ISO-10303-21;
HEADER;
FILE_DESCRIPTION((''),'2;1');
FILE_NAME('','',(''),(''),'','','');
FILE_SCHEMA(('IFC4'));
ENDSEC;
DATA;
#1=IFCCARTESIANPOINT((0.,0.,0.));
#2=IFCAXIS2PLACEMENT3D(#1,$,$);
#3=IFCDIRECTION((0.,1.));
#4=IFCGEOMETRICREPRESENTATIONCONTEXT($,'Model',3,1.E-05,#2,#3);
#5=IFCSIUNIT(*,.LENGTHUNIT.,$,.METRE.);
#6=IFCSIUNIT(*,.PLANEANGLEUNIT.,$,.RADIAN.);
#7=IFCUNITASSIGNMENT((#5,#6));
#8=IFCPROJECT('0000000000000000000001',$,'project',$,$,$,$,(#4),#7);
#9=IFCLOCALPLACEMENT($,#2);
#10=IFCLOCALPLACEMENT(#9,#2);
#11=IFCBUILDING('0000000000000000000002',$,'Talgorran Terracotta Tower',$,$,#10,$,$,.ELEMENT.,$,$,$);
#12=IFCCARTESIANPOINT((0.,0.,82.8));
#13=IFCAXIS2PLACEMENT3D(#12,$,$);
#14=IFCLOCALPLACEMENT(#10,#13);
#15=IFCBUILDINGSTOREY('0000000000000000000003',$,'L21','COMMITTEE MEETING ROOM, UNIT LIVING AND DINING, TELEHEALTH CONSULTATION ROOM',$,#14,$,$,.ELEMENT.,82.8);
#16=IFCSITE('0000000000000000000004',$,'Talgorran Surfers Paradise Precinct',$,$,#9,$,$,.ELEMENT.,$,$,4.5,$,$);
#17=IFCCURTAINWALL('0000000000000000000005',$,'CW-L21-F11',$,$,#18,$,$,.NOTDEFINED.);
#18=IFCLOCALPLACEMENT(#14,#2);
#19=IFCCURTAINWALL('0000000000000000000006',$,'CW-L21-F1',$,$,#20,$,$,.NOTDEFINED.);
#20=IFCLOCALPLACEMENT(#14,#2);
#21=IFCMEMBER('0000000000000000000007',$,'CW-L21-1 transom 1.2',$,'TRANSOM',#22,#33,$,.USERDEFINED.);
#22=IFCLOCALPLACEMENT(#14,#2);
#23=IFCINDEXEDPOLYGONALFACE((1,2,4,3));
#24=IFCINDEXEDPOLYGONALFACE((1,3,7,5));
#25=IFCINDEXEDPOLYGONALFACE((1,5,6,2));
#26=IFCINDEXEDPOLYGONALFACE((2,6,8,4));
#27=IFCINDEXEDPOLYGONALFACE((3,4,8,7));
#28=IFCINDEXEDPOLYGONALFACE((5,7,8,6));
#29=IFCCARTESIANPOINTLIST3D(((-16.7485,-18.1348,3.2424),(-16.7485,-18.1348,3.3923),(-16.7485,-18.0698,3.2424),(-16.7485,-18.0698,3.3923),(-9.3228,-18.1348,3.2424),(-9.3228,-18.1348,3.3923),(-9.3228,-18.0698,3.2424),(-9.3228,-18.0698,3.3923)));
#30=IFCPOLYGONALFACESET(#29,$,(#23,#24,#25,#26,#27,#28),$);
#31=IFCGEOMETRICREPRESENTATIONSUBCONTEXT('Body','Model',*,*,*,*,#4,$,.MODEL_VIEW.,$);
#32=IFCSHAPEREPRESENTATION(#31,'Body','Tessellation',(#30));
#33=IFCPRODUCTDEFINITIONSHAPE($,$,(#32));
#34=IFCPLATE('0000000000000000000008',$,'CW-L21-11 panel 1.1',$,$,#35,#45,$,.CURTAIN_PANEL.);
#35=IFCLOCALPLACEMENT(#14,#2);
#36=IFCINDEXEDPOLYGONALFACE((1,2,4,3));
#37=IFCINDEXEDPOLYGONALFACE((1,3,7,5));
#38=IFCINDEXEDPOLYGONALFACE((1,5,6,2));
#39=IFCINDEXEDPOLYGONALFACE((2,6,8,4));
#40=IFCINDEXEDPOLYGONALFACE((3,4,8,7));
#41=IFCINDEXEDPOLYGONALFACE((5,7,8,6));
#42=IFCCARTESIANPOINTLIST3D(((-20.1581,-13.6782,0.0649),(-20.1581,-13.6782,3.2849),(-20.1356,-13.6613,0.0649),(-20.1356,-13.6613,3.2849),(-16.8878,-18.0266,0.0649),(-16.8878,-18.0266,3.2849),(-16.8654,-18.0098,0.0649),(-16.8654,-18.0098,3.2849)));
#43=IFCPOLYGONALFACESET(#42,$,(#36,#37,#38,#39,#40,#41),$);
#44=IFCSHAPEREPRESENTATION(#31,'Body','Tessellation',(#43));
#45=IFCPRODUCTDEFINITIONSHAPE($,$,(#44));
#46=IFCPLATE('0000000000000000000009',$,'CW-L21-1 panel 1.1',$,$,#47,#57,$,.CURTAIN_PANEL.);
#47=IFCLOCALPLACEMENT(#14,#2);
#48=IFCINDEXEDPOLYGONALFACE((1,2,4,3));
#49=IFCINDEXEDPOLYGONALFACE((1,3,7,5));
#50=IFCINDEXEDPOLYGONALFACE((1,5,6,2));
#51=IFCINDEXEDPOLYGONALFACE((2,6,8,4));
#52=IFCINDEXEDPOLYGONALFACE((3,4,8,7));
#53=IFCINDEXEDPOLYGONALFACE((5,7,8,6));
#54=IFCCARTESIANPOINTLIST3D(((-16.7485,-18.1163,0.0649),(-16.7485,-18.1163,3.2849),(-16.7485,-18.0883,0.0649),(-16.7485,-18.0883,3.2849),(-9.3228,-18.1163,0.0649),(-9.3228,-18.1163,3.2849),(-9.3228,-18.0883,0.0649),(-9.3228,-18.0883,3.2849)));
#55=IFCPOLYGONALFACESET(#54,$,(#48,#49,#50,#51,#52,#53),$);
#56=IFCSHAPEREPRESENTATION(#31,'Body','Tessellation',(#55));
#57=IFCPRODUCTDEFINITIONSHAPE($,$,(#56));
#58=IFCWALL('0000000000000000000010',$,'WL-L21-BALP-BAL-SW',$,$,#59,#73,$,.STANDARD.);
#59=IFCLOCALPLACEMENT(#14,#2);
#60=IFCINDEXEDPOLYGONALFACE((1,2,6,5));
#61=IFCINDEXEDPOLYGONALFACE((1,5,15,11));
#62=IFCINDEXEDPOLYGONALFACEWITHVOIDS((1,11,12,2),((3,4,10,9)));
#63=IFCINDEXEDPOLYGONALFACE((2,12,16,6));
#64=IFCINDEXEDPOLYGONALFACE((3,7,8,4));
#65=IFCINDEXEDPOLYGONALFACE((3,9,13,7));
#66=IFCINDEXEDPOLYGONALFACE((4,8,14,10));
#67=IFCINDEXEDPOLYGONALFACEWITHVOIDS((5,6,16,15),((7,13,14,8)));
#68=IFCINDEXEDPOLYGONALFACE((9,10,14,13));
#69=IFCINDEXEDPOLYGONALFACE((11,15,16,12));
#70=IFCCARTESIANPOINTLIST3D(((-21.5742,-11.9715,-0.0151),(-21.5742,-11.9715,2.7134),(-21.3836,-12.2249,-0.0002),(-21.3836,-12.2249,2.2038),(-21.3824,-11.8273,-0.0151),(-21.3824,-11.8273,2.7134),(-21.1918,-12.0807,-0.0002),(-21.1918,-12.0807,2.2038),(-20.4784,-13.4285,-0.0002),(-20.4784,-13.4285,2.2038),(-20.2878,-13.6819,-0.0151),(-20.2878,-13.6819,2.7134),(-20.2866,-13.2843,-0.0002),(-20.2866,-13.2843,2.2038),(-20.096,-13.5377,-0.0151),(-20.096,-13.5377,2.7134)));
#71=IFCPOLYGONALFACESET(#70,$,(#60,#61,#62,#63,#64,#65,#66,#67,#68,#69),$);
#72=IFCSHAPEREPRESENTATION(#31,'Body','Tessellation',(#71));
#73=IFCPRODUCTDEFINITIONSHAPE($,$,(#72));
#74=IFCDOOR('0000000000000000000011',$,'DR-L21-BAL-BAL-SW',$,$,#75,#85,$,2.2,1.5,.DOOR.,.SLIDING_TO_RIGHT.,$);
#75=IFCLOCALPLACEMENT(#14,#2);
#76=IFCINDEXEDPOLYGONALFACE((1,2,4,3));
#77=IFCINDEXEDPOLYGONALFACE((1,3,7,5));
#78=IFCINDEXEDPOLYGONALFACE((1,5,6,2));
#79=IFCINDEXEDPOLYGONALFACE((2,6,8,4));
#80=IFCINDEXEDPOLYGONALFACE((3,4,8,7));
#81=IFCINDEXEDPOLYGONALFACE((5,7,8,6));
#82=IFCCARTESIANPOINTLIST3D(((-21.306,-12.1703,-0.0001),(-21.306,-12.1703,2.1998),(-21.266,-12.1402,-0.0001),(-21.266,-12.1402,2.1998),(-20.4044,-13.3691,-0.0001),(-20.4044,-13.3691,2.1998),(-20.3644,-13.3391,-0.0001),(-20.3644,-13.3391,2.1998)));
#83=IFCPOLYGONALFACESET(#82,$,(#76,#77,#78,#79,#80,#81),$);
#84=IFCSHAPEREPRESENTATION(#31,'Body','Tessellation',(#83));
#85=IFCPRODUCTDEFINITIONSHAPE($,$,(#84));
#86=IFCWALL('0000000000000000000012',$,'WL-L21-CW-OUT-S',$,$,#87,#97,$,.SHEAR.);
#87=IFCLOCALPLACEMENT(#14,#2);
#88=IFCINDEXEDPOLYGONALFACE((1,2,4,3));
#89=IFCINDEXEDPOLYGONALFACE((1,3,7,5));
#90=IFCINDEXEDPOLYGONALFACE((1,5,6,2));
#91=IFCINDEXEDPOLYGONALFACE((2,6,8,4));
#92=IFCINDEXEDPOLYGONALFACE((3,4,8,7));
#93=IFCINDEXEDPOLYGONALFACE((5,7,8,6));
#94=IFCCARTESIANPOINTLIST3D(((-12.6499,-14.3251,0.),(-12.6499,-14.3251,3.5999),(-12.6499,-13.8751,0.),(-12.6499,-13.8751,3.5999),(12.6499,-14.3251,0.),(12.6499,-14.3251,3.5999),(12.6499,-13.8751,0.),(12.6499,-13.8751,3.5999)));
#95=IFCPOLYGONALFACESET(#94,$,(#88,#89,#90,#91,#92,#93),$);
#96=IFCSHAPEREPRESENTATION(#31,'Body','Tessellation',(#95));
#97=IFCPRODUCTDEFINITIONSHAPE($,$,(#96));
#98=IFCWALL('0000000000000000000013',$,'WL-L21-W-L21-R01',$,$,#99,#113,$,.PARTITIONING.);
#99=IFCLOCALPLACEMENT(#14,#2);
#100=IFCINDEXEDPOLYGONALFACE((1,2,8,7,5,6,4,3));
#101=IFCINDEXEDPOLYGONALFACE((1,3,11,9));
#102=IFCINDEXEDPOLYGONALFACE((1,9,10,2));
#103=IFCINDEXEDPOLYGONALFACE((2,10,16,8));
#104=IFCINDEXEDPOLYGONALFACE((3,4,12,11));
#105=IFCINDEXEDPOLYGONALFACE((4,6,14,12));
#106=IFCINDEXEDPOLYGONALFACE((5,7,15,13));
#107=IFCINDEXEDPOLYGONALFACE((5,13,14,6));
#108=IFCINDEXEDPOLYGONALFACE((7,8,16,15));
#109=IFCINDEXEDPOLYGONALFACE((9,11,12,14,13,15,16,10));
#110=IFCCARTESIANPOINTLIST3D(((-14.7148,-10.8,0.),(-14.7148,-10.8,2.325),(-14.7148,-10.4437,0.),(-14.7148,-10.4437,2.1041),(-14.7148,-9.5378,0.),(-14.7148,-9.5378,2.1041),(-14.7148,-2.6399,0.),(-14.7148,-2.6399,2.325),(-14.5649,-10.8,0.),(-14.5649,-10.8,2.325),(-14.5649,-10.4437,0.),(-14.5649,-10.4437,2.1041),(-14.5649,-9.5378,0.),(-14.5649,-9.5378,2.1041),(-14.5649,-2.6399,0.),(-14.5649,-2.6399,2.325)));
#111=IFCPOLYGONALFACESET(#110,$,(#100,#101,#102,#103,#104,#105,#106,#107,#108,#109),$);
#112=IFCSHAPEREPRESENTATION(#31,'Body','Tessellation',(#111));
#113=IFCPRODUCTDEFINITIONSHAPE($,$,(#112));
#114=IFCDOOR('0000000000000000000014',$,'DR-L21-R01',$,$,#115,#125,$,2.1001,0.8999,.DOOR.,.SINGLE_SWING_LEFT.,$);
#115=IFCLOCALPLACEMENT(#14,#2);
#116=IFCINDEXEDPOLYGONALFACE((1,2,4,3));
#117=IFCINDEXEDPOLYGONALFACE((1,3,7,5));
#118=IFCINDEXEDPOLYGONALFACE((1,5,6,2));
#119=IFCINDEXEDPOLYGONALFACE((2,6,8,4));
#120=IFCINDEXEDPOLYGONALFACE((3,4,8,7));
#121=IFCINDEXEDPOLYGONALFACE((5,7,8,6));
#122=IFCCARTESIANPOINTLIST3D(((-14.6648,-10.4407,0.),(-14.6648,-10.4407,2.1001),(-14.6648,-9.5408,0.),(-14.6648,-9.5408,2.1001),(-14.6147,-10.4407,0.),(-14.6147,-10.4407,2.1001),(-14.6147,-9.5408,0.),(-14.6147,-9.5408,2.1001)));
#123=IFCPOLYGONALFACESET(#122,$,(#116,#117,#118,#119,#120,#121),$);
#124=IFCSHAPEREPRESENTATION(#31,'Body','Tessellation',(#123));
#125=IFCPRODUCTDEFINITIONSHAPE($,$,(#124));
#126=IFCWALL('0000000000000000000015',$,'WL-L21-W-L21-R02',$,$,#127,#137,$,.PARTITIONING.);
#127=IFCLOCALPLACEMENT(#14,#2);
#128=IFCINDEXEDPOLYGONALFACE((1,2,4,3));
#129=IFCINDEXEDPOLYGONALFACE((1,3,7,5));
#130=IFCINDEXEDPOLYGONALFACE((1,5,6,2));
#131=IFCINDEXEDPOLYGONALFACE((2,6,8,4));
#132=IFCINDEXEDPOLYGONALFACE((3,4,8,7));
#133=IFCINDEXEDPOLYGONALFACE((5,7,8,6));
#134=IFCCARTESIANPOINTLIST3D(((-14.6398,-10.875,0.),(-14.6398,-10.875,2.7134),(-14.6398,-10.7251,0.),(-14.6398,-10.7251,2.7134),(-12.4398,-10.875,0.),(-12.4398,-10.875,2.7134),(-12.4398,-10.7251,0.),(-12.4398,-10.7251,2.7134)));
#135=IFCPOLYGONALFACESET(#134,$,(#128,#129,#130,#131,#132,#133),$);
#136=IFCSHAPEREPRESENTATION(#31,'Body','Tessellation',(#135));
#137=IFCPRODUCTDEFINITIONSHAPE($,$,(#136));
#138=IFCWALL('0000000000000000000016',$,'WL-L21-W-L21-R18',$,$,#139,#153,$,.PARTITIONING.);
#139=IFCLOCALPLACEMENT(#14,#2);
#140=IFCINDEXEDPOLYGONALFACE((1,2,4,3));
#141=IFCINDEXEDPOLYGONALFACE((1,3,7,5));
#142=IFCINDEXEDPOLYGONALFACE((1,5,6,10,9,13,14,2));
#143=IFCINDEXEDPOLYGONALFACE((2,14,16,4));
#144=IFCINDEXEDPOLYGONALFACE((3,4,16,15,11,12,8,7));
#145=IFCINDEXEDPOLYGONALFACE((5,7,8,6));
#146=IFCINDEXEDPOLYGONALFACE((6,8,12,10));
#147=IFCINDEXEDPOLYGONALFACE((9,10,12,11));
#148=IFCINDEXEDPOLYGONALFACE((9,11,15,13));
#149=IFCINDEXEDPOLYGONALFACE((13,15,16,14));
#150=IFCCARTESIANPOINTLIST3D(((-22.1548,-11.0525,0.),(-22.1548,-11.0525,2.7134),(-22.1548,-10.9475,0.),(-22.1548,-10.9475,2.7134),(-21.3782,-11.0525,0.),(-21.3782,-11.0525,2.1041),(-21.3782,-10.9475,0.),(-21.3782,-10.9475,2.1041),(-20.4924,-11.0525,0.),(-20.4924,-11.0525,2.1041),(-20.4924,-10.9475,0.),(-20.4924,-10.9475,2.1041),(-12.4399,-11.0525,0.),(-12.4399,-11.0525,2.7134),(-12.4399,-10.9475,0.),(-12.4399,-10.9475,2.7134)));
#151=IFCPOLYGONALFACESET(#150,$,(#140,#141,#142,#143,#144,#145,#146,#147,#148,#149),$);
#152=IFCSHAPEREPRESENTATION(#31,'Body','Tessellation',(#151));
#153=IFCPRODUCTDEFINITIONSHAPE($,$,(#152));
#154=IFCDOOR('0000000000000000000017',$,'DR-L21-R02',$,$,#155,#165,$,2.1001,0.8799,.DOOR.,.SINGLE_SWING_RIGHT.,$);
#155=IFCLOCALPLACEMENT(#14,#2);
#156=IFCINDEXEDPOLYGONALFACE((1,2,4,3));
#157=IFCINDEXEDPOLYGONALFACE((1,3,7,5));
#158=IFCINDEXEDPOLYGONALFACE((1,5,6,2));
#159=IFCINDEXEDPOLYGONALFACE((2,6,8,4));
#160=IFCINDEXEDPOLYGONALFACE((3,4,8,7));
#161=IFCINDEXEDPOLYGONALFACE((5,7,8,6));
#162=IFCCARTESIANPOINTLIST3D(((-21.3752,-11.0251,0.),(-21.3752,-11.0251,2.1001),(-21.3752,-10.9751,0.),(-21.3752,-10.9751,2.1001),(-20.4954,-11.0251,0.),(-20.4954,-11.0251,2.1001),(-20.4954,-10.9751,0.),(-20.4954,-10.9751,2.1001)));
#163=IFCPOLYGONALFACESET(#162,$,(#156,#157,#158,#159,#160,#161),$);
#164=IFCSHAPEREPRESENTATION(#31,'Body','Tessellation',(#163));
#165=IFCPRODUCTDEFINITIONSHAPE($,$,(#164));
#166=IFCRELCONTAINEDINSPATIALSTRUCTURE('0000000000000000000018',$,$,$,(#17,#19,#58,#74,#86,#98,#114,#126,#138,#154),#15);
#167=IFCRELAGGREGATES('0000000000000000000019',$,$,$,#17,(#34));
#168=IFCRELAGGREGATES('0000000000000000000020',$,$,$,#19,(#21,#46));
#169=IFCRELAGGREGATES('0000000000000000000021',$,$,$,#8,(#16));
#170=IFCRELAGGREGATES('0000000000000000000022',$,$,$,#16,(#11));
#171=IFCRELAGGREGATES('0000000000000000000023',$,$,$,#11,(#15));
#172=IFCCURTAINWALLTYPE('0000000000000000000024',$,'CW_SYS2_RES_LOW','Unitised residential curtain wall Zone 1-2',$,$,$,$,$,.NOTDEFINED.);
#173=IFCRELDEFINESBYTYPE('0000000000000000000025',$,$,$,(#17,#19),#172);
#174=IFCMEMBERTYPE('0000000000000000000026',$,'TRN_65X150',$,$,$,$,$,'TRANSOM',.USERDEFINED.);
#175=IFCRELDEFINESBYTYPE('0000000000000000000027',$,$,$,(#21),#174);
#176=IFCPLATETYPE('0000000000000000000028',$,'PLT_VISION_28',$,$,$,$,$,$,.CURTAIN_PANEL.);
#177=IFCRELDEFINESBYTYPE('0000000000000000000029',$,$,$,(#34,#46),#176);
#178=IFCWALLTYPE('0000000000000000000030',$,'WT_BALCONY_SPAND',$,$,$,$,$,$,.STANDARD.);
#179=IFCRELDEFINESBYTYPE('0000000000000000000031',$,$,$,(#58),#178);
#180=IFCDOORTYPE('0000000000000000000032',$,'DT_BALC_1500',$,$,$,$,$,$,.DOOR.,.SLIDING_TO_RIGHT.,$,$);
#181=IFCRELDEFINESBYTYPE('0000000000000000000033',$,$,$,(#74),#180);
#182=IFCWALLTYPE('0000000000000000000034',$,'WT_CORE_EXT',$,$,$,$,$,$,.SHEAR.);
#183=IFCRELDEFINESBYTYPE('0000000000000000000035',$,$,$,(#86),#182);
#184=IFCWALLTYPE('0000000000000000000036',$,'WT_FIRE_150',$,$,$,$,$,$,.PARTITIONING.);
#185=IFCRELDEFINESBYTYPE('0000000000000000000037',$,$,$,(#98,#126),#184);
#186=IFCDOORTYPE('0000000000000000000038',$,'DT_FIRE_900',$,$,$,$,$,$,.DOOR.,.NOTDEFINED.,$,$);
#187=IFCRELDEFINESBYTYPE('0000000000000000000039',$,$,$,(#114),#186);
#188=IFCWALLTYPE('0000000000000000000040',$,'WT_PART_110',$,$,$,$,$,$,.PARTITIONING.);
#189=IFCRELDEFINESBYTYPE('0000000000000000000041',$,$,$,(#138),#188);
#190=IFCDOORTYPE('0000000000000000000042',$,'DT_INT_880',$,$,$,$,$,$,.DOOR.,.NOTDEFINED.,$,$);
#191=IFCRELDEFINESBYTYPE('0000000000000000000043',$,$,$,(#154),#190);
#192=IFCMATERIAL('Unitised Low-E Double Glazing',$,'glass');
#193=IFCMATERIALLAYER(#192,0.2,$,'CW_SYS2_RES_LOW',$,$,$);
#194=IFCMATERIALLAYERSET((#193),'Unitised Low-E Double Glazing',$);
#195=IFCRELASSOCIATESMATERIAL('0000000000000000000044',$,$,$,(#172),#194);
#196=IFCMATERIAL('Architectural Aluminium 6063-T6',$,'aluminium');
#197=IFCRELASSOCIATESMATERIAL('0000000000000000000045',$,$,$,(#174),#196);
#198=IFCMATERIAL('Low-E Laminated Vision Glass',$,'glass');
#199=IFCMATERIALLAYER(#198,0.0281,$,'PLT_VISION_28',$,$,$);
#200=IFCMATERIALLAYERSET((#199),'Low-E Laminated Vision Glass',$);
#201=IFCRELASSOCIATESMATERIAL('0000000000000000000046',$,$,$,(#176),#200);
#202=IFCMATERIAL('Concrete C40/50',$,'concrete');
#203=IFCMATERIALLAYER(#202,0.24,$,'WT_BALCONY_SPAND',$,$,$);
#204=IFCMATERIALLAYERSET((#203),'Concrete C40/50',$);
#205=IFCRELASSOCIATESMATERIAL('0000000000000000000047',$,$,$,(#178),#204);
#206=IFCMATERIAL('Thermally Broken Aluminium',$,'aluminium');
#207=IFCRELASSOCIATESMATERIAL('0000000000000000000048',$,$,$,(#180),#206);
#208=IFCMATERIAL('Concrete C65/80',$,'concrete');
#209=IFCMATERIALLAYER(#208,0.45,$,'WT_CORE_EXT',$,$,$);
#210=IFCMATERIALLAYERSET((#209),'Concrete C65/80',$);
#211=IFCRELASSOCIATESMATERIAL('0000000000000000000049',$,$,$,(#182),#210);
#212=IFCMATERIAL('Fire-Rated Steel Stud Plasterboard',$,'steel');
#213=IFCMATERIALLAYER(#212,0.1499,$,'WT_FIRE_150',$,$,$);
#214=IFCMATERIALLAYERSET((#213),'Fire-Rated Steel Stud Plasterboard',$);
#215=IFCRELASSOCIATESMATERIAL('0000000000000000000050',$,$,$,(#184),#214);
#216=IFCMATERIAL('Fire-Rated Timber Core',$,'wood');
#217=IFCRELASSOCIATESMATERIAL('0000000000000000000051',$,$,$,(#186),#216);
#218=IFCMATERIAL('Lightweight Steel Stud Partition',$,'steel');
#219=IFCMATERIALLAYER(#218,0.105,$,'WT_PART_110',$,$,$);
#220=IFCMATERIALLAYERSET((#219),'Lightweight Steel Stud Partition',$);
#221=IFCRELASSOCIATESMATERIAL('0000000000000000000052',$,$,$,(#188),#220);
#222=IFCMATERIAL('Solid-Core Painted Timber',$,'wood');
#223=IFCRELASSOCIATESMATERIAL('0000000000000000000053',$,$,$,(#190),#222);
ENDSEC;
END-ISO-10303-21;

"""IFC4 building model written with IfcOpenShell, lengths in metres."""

from ifc_helpers import new_model, si_unit, direction, frame, frame_2d, origin, origin_2d, place, context, subcontext, project, spatial, rectangle, extrude, source, transform, mapped, material, layer, layer_set, material_profile, profile_set, type_object, type_shapes, element, fill, aggregate, save


model = new_model("IFC4")

# Units and contexts
model_context = context("Model", 3, precision=1e-05, world=origin(), true_north=direction((0.0, 1.0)))
body_context = subcontext(model_context, "Body", "Model", "MODEL_VIEW")
ifc_project = project(units=[si_unit("LENGTHUNIT", "METRE"), si_unit("PLANEANGLEUNIT", "RADIAN")], contexts=[model_context])

# Site, building, storey
site_placement = place(None, origin())
site = spatial("IfcSite", under=ifc_project, at=site_placement, Name="Talgorran Surfers Paradise Precinct", CompositionType="ELEMENT", RefElevation=4.5)
building_placement = place(site_placement, origin())
building = spatial("IfcBuilding", under=site, at=building_placement, Name="Talgorran Terracotta Tower", CompositionType="ELEMENT")
storey_placement = place(building_placement, frame((0.0, 0.0, 82.8)))
storey = spatial("IfcBuildingStorey", under=building, at=storey_placement, Name="L21", Description="COMMITTEE MEETING ROOM, UNIT LIVING AND DINING, TELEHEALTH CONSULTATION ROOM", CompositionType="ELEMENT", Elevation=82.8)

# Shared definitions
ifc_material_1 = material(Name="Unitised Low-E Double Glazing", Category="glass")
ifc_layer_1 = layer(ifc_material_1, 0.2, Name="CW_SYS2_RES_LOW")
ifc_layer_set_1 = layer_set([ifc_layer_1], Name="Unitised Low-E Double Glazing")
curtain_wall_type = type_object("IfcCurtainWallType", Name="CW_SYS2_RES_LOW", Description="Unitised residential curtain wall Zone 1-2", PredefinedType="NOTDEFINED", material=ifc_layer_set_1)
ifc_material_2 = material(Name="Architectural Aluminium 6063-T6", Category="aluminium")

# Curtain wall
curtain_wall_1_placement = place(storey_placement, origin())
curtain_wall_1 = element("IfcCurtainWall", 1, at=curtain_wall_1_placement, inside=storey, type_object=curtain_wall_type, Name="CW-L21-F11", PredefinedType="NOTDEFINED")

# Curtain wall
curtain_wall_2_placement = place(storey_placement, origin())
curtain_wall_2 = element("IfcCurtainWall", 2, at=curtain_wall_2_placement, inside=storey, type_object=curtain_wall_type, Name="CW-L21-F1", PredefinedType="NOTDEFINED")

# Member
ifc_material_profile_1 = material_profile(ifc_material_2, rectangle(XDim=0.0649, YDim=0.1499, at=origin_2d()), Name="CWT65X150")
ifc_profile_set_1 = profile_set([ifc_material_profile_1], Name="Architectural Aluminium 6063-T6")
member_type_1 = type_object("IfcMemberType", Name="TRN_65X150", ElementType="TRANSOM", PredefinedType="USERDEFINED", material=ifc_profile_set_1)
member_1_placement = place(storey_placement, frame((-16.7485, -18.1023, 3.3174), z_axis=(1.0, 0.0, 0.0), x_axis=(0.0, 1.0, 0.0)))
member_1 = element("IfcMember", 3, at=member_1_placement, type_object=member_type_1, Name="CW-L21-1 transom 1.2", ObjectType="TRANSOM", PredefinedType="USERDEFINED", context=body_context, shape_type="SweptSolid", body=[
    extrude(rectangle(XDim=0.0649, YDim=0.1499, at=origin_2d()), origin(), (0.0, 0.0, 1.0), 7.4258),
])

# Plates
ifc_material_3 = material(Name="Low-E Laminated Vision Glass", Category="glass")
ifc_layer_2 = layer(ifc_material_3, 0.0281, Name="PLT_VISION_28")
ifc_layer_set_2 = layer_set([ifc_layer_2], Name="Low-E Laminated Vision Glass")
plate_type = type_object("IfcPlateType", Name="PLT_VISION_28", PredefinedType="CURTAIN_PANEL", material=ifc_layer_set_2)
shared_shape_1 = source(origin(), body_context, "Body", "SweptSolid", [
    extrude(rectangle(XDim=5.4409, YDim=0.0281, at=origin_2d()), origin(), (0.0, 0.0, 1.0), 3.22),
])
plate_1_placement = place(storey_placement, frame((-18.5117, -15.844, 0.0649), z_axis=(0.0, 0.0, 1.0), x_axis=(0.601056, -0.799207, 0.0)))
plate_1 = element("IfcPlate", 4, at=plate_1_placement, type_object=plate_type, Name="CW-L21-11 panel 1.1", PredefinedType="CURTAIN_PANEL", context=body_context, shape_type="MappedRepresentation", body=[
    mapped(shared_shape_1, transform((0.0, 0.0, 0.0), scale=1.0)),
])
aggregate(curtain_wall_1, [plate_1])
shared_shape_2 = source(origin(), body_context, "Body", "SweptSolid", [
    extrude(rectangle(XDim=7.4258, YDim=0.0281, at=origin_2d()), origin(), (0.0, 0.0, 1.0), 3.22),
])
type_shapes(plate_type, [shared_shape_1, shared_shape_2])
plate_2_placement = place(storey_placement, frame((-13.0356, -18.1023, 0.0649), z_axis=(0.0, 0.0, 1.0), x_axis=(1.0, 0.0, 0.0)))
plate_2 = element("IfcPlate", 5, at=plate_2_placement, type_object=plate_type, Name="CW-L21-1 panel 1.1", PredefinedType="CURTAIN_PANEL", context=body_context, shape_type="MappedRepresentation", body=[
    mapped(shared_shape_2, transform((0.0, 0.0, 0.0), scale=1.0)),
])
aggregate(curtain_wall_2, [member_1, plate_2])

# Wall, opening, door
ifc_material_4 = material(Name="Concrete C40/50", Category="concrete")
ifc_layer_3 = layer(ifc_material_4, 0.24, Name="WT_BALCONY_SPAND")
ifc_layer_set_3 = layer_set([ifc_layer_3], Name="Concrete C40/50")
wall_type_1 = type_object("IfcWallType", Name="WT_BALCONY_SPAND", PredefinedType="STANDARD", material=ifc_layer_set_3)
wall_1_placement = place(storey_placement, frame((-21.4783, -11.8994, -0.0151), z_axis=(0.0, 0.0, 1.0), x_axis=(0.601058, -0.799205, 0.0)))
wall_1 = element("IfcWall", 6, at=wall_1_placement, inside=storey, type_object=wall_type_1, Name="WL-L21-BALP-BAL-SW", PredefinedType="STANDARD", context=body_context, shape_type="SweptSolid", body=[
    extrude(rectangle(XDim=2.1401, YDim=0.24, at=frame_2d((1.0701, 0.0))), origin(), (0.0, 0.0, 1.0), 2.7285),
])
opening_1_placement = place(wall_1_placement, frame((0.3201, 0.0, 0.0149)))
opening_1 = element("IfcOpeningElement", 7, at=opening_1_placement, cuts=wall_1, PredefinedType="OPENING", context=body_context, shape_type="SweptSolid", body=[
    extrude(rectangle(XDim=1.506, YDim=2.204, at=frame_2d((0.75, 1.1021))), frame((0.0, 0.1299, 0.0), z_axis=(0.0, -1.0, 0.0), x_axis=(1.0, 0.0, 0.0)), (0.0, 0.0, 1.0), 0.26),
])
ifc_material_5 = material(Name="Thermally Broken Aluminium", Category="aluminium")
door_type_1 = type_object("IfcDoorType", Name="DT_BALC_1500", OperationType="SLIDING_TO_RIGHT", PredefinedType="DOOR", material=ifc_material_5)
door_1_placement = place(opening_1_placement, origin())
door_1 = element("IfcDoor", 8, at=door_1_placement, inside=storey, type_object=door_type_1, Name="DR-L21-BAL-BAL-SW", OperationType="SLIDING_TO_RIGHT", OverallHeight=2.2, OverallWidth=1.5, PredefinedType="DOOR", context=body_context, shape_type="SweptSolid", body=[
    extrude(rectangle(XDim=1.5, YDim=2.2, at=frame_2d((0.75, 1.1001))), frame((0.0, 0.0249, 0.0), z_axis=(0.0, -1.0, 0.0), x_axis=(1.0, 0.0, 0.0)), (0.0, 0.0, 1.0), 0.05),
])
fill(opening_1, door_1)

# Wall
ifc_material_6 = material(Name="Concrete C65/80", Category="concrete")
ifc_layer_4 = layer(ifc_material_6, 0.45, Name="WT_CORE_EXT")
ifc_layer_set_4 = layer_set([ifc_layer_4], Name="Concrete C65/80")
wall_type_2 = type_object("IfcWallType", Name="WT_CORE_EXT", PredefinedType="SHEAR", material=ifc_layer_set_4)
wall_2_placement = place(storey_placement, frame((-12.6499, -14.1001, 0.0), z_axis=(0.0, 0.0, 1.0), x_axis=(1.0, 0.0, 0.0)))
element("IfcWall", 9, at=wall_2_placement, inside=storey, type_object=wall_type_2, Name="WL-L21-CW-OUT-S", PredefinedType="SHEAR", context=body_context, shape_type="SweptSolid", body=[
    extrude(rectangle(XDim=25.2998, YDim=0.45, at=frame_2d((12.6499, 0.0))), origin(), (0.0, 0.0, 1.0), 3.5999),
])

# Wall, opening, door
ifc_material_7 = material(Name="Fire-Rated Steel Stud Plasterboard", Category="steel")
ifc_layer_5 = layer(ifc_material_7, 0.1499, Name="WT_FIRE_150")
ifc_layer_set_5 = layer_set([ifc_layer_5], Name="Fire-Rated Steel Stud Plasterboard")
wall_type_3 = type_object("IfcWallType", Name="WT_FIRE_150", PredefinedType="PARTITIONING", material=ifc_layer_set_5)
wall_3_placement = place(storey_placement, frame((-14.6399, -10.8, 0.0), z_axis=(0.0, 0.0, 1.0), x_axis=(0.0, 1.0, 0.0)))
wall_3 = element("IfcWall", 10, at=wall_3_placement, inside=storey, type_object=wall_type_3, Name="WL-L21-W-L21-R01", PredefinedType="PARTITIONING", context=body_context, shape_type="SweptSolid", body=[
    extrude(rectangle(XDim=8.1602, YDim=0.1499, at=frame_2d((4.0801, 0.0))), origin(), (0.0, 0.0, 1.0), 2.325),
])
opening_2_placement = place(wall_3_placement, frame((0.3594, 0.0, 0.0)))
opening_2 = element("IfcOpeningElement", 11, at=opening_2_placement, cuts=wall_3, PredefinedType="OPENING", context=body_context, shape_type="SweptSolid", body=[
    extrude(rectangle(XDim=0.9059, YDim=2.1041, at=frame_2d((0.45, 1.052))), frame((0.0, 0.085, 0.0), z_axis=(0.0, -1.0, 0.0), x_axis=(1.0, 0.0, 0.0)), (0.0, 0.0, 1.0), 0.1699),
])
ifc_material_8 = material(Name="Fire-Rated Timber Core", Category="wood")
door_type_2 = type_object("IfcDoorType", Name="DT_FIRE_900", OperationType="NOTDEFINED", PredefinedType="DOOR", material=ifc_material_8)
door_2_placement = place(opening_2_placement, origin())
door_2 = element("IfcDoor", 12, at=door_2_placement, inside=storey, type_object=door_type_2, Name="DR-L21-R01", OperationType="SINGLE_SWING_LEFT", OverallHeight=2.1001, OverallWidth=0.8999, PredefinedType="DOOR", context=body_context, shape_type="SweptSolid", body=[
    extrude(rectangle(XDim=0.8999, YDim=2.1001, at=frame_2d((0.45, 1.05))), frame((0.0, 0.0249, 0.0), z_axis=(0.0, -1.0, 0.0), x_axis=(1.0, 0.0, 0.0)), (0.0, 0.0, 1.0), 0.05),
])
fill(opening_2, door_2)

# Wall
wall_4_placement = place(storey_placement, frame((-14.6399, -10.8, 0.0), z_axis=(0.0, 0.0, 1.0), x_axis=(1.0, 0.0, 0.0)))
element("IfcWall", 13, at=wall_4_placement, inside=storey, type_object=wall_type_3, Name="WL-L21-W-L21-R02", PredefinedType="PARTITIONING", context=body_context, shape_type="SweptSolid", body=[
    extrude(rectangle(XDim=2.2, YDim=0.1499, at=frame_2d((1.1001, 0.0))), origin(), (0.0, 0.0, 1.0), 2.7134),
])

# Wall, opening, door
ifc_material_9 = material(Name="Lightweight Steel Stud Partition", Category="steel")
ifc_layer_6 = layer(ifc_material_9, 0.105, Name="WT_PART_110")
ifc_layer_set_6 = layer_set([ifc_layer_6], Name="Lightweight Steel Stud Partition")
wall_type_4 = type_object("IfcWallType", Name="WT_PART_110", PredefinedType="PARTITIONING", material=ifc_layer_set_6)
wall_5_placement = place(storey_placement, frame((-22.1548, -11.0, 0.0), z_axis=(0.0, 0.0, 1.0), x_axis=(1.0, 0.0, 0.0)))
wall_5 = element("IfcWall", 14, at=wall_5_placement, inside=storey, type_object=wall_type_4, Name="WL-L21-W-L21-R18", PredefinedType="PARTITIONING", context=body_context, shape_type="SweptSolid", body=[
    extrude(rectangle(XDim=9.7148, YDim=0.105, at=frame_2d((4.8574, 0.0))), origin(), (0.0, 0.0, 1.0), 2.7134),
])
opening_3_placement = place(wall_5_placement, frame((0.7795, 0.0, 0.0)))
opening_3 = element("IfcOpeningElement", 15, at=opening_3_placement, cuts=wall_5, PredefinedType="OPENING", context=body_context, shape_type="SweptSolid", body=[
    extrude(rectangle(XDim=0.8859, YDim=2.1041, at=frame_2d((0.4399, 1.052))), frame((0.0, 0.0625, 0.0), z_axis=(0.0, -1.0, 0.0), x_axis=(1.0, 0.0, 0.0)), (0.0, 0.0, 1.0), 0.125),
])
ifc_material_10 = material(Name="Solid-Core Painted Timber", Category="wood")
door_type_3 = type_object("IfcDoorType", Name="DT_INT_880", OperationType="NOTDEFINED", PredefinedType="DOOR", material=ifc_material_10)
door_3_placement = place(opening_3_placement, origin())
door_3 = element("IfcDoor", 16, at=door_3_placement, inside=storey, type_object=door_type_3, Name="DR-L21-R02", OperationType="SINGLE_SWING_RIGHT", OverallHeight=2.1001, OverallWidth=0.8799, PredefinedType="DOOR", context=body_context, shape_type="SweptSolid", body=[
    extrude(rectangle(XDim=0.8799, YDim=2.1001, at=frame_2d((0.4399, 1.05))), frame((0.0, 0.0249, 0.0), z_axis=(0.0, -1.0, 0.0), x_axis=(1.0, 0.0, 0.0)), (0.0, 0.0, 1.0), 0.05),
])
fill(opening_3, door_3)

save(model, "model.ifc")
